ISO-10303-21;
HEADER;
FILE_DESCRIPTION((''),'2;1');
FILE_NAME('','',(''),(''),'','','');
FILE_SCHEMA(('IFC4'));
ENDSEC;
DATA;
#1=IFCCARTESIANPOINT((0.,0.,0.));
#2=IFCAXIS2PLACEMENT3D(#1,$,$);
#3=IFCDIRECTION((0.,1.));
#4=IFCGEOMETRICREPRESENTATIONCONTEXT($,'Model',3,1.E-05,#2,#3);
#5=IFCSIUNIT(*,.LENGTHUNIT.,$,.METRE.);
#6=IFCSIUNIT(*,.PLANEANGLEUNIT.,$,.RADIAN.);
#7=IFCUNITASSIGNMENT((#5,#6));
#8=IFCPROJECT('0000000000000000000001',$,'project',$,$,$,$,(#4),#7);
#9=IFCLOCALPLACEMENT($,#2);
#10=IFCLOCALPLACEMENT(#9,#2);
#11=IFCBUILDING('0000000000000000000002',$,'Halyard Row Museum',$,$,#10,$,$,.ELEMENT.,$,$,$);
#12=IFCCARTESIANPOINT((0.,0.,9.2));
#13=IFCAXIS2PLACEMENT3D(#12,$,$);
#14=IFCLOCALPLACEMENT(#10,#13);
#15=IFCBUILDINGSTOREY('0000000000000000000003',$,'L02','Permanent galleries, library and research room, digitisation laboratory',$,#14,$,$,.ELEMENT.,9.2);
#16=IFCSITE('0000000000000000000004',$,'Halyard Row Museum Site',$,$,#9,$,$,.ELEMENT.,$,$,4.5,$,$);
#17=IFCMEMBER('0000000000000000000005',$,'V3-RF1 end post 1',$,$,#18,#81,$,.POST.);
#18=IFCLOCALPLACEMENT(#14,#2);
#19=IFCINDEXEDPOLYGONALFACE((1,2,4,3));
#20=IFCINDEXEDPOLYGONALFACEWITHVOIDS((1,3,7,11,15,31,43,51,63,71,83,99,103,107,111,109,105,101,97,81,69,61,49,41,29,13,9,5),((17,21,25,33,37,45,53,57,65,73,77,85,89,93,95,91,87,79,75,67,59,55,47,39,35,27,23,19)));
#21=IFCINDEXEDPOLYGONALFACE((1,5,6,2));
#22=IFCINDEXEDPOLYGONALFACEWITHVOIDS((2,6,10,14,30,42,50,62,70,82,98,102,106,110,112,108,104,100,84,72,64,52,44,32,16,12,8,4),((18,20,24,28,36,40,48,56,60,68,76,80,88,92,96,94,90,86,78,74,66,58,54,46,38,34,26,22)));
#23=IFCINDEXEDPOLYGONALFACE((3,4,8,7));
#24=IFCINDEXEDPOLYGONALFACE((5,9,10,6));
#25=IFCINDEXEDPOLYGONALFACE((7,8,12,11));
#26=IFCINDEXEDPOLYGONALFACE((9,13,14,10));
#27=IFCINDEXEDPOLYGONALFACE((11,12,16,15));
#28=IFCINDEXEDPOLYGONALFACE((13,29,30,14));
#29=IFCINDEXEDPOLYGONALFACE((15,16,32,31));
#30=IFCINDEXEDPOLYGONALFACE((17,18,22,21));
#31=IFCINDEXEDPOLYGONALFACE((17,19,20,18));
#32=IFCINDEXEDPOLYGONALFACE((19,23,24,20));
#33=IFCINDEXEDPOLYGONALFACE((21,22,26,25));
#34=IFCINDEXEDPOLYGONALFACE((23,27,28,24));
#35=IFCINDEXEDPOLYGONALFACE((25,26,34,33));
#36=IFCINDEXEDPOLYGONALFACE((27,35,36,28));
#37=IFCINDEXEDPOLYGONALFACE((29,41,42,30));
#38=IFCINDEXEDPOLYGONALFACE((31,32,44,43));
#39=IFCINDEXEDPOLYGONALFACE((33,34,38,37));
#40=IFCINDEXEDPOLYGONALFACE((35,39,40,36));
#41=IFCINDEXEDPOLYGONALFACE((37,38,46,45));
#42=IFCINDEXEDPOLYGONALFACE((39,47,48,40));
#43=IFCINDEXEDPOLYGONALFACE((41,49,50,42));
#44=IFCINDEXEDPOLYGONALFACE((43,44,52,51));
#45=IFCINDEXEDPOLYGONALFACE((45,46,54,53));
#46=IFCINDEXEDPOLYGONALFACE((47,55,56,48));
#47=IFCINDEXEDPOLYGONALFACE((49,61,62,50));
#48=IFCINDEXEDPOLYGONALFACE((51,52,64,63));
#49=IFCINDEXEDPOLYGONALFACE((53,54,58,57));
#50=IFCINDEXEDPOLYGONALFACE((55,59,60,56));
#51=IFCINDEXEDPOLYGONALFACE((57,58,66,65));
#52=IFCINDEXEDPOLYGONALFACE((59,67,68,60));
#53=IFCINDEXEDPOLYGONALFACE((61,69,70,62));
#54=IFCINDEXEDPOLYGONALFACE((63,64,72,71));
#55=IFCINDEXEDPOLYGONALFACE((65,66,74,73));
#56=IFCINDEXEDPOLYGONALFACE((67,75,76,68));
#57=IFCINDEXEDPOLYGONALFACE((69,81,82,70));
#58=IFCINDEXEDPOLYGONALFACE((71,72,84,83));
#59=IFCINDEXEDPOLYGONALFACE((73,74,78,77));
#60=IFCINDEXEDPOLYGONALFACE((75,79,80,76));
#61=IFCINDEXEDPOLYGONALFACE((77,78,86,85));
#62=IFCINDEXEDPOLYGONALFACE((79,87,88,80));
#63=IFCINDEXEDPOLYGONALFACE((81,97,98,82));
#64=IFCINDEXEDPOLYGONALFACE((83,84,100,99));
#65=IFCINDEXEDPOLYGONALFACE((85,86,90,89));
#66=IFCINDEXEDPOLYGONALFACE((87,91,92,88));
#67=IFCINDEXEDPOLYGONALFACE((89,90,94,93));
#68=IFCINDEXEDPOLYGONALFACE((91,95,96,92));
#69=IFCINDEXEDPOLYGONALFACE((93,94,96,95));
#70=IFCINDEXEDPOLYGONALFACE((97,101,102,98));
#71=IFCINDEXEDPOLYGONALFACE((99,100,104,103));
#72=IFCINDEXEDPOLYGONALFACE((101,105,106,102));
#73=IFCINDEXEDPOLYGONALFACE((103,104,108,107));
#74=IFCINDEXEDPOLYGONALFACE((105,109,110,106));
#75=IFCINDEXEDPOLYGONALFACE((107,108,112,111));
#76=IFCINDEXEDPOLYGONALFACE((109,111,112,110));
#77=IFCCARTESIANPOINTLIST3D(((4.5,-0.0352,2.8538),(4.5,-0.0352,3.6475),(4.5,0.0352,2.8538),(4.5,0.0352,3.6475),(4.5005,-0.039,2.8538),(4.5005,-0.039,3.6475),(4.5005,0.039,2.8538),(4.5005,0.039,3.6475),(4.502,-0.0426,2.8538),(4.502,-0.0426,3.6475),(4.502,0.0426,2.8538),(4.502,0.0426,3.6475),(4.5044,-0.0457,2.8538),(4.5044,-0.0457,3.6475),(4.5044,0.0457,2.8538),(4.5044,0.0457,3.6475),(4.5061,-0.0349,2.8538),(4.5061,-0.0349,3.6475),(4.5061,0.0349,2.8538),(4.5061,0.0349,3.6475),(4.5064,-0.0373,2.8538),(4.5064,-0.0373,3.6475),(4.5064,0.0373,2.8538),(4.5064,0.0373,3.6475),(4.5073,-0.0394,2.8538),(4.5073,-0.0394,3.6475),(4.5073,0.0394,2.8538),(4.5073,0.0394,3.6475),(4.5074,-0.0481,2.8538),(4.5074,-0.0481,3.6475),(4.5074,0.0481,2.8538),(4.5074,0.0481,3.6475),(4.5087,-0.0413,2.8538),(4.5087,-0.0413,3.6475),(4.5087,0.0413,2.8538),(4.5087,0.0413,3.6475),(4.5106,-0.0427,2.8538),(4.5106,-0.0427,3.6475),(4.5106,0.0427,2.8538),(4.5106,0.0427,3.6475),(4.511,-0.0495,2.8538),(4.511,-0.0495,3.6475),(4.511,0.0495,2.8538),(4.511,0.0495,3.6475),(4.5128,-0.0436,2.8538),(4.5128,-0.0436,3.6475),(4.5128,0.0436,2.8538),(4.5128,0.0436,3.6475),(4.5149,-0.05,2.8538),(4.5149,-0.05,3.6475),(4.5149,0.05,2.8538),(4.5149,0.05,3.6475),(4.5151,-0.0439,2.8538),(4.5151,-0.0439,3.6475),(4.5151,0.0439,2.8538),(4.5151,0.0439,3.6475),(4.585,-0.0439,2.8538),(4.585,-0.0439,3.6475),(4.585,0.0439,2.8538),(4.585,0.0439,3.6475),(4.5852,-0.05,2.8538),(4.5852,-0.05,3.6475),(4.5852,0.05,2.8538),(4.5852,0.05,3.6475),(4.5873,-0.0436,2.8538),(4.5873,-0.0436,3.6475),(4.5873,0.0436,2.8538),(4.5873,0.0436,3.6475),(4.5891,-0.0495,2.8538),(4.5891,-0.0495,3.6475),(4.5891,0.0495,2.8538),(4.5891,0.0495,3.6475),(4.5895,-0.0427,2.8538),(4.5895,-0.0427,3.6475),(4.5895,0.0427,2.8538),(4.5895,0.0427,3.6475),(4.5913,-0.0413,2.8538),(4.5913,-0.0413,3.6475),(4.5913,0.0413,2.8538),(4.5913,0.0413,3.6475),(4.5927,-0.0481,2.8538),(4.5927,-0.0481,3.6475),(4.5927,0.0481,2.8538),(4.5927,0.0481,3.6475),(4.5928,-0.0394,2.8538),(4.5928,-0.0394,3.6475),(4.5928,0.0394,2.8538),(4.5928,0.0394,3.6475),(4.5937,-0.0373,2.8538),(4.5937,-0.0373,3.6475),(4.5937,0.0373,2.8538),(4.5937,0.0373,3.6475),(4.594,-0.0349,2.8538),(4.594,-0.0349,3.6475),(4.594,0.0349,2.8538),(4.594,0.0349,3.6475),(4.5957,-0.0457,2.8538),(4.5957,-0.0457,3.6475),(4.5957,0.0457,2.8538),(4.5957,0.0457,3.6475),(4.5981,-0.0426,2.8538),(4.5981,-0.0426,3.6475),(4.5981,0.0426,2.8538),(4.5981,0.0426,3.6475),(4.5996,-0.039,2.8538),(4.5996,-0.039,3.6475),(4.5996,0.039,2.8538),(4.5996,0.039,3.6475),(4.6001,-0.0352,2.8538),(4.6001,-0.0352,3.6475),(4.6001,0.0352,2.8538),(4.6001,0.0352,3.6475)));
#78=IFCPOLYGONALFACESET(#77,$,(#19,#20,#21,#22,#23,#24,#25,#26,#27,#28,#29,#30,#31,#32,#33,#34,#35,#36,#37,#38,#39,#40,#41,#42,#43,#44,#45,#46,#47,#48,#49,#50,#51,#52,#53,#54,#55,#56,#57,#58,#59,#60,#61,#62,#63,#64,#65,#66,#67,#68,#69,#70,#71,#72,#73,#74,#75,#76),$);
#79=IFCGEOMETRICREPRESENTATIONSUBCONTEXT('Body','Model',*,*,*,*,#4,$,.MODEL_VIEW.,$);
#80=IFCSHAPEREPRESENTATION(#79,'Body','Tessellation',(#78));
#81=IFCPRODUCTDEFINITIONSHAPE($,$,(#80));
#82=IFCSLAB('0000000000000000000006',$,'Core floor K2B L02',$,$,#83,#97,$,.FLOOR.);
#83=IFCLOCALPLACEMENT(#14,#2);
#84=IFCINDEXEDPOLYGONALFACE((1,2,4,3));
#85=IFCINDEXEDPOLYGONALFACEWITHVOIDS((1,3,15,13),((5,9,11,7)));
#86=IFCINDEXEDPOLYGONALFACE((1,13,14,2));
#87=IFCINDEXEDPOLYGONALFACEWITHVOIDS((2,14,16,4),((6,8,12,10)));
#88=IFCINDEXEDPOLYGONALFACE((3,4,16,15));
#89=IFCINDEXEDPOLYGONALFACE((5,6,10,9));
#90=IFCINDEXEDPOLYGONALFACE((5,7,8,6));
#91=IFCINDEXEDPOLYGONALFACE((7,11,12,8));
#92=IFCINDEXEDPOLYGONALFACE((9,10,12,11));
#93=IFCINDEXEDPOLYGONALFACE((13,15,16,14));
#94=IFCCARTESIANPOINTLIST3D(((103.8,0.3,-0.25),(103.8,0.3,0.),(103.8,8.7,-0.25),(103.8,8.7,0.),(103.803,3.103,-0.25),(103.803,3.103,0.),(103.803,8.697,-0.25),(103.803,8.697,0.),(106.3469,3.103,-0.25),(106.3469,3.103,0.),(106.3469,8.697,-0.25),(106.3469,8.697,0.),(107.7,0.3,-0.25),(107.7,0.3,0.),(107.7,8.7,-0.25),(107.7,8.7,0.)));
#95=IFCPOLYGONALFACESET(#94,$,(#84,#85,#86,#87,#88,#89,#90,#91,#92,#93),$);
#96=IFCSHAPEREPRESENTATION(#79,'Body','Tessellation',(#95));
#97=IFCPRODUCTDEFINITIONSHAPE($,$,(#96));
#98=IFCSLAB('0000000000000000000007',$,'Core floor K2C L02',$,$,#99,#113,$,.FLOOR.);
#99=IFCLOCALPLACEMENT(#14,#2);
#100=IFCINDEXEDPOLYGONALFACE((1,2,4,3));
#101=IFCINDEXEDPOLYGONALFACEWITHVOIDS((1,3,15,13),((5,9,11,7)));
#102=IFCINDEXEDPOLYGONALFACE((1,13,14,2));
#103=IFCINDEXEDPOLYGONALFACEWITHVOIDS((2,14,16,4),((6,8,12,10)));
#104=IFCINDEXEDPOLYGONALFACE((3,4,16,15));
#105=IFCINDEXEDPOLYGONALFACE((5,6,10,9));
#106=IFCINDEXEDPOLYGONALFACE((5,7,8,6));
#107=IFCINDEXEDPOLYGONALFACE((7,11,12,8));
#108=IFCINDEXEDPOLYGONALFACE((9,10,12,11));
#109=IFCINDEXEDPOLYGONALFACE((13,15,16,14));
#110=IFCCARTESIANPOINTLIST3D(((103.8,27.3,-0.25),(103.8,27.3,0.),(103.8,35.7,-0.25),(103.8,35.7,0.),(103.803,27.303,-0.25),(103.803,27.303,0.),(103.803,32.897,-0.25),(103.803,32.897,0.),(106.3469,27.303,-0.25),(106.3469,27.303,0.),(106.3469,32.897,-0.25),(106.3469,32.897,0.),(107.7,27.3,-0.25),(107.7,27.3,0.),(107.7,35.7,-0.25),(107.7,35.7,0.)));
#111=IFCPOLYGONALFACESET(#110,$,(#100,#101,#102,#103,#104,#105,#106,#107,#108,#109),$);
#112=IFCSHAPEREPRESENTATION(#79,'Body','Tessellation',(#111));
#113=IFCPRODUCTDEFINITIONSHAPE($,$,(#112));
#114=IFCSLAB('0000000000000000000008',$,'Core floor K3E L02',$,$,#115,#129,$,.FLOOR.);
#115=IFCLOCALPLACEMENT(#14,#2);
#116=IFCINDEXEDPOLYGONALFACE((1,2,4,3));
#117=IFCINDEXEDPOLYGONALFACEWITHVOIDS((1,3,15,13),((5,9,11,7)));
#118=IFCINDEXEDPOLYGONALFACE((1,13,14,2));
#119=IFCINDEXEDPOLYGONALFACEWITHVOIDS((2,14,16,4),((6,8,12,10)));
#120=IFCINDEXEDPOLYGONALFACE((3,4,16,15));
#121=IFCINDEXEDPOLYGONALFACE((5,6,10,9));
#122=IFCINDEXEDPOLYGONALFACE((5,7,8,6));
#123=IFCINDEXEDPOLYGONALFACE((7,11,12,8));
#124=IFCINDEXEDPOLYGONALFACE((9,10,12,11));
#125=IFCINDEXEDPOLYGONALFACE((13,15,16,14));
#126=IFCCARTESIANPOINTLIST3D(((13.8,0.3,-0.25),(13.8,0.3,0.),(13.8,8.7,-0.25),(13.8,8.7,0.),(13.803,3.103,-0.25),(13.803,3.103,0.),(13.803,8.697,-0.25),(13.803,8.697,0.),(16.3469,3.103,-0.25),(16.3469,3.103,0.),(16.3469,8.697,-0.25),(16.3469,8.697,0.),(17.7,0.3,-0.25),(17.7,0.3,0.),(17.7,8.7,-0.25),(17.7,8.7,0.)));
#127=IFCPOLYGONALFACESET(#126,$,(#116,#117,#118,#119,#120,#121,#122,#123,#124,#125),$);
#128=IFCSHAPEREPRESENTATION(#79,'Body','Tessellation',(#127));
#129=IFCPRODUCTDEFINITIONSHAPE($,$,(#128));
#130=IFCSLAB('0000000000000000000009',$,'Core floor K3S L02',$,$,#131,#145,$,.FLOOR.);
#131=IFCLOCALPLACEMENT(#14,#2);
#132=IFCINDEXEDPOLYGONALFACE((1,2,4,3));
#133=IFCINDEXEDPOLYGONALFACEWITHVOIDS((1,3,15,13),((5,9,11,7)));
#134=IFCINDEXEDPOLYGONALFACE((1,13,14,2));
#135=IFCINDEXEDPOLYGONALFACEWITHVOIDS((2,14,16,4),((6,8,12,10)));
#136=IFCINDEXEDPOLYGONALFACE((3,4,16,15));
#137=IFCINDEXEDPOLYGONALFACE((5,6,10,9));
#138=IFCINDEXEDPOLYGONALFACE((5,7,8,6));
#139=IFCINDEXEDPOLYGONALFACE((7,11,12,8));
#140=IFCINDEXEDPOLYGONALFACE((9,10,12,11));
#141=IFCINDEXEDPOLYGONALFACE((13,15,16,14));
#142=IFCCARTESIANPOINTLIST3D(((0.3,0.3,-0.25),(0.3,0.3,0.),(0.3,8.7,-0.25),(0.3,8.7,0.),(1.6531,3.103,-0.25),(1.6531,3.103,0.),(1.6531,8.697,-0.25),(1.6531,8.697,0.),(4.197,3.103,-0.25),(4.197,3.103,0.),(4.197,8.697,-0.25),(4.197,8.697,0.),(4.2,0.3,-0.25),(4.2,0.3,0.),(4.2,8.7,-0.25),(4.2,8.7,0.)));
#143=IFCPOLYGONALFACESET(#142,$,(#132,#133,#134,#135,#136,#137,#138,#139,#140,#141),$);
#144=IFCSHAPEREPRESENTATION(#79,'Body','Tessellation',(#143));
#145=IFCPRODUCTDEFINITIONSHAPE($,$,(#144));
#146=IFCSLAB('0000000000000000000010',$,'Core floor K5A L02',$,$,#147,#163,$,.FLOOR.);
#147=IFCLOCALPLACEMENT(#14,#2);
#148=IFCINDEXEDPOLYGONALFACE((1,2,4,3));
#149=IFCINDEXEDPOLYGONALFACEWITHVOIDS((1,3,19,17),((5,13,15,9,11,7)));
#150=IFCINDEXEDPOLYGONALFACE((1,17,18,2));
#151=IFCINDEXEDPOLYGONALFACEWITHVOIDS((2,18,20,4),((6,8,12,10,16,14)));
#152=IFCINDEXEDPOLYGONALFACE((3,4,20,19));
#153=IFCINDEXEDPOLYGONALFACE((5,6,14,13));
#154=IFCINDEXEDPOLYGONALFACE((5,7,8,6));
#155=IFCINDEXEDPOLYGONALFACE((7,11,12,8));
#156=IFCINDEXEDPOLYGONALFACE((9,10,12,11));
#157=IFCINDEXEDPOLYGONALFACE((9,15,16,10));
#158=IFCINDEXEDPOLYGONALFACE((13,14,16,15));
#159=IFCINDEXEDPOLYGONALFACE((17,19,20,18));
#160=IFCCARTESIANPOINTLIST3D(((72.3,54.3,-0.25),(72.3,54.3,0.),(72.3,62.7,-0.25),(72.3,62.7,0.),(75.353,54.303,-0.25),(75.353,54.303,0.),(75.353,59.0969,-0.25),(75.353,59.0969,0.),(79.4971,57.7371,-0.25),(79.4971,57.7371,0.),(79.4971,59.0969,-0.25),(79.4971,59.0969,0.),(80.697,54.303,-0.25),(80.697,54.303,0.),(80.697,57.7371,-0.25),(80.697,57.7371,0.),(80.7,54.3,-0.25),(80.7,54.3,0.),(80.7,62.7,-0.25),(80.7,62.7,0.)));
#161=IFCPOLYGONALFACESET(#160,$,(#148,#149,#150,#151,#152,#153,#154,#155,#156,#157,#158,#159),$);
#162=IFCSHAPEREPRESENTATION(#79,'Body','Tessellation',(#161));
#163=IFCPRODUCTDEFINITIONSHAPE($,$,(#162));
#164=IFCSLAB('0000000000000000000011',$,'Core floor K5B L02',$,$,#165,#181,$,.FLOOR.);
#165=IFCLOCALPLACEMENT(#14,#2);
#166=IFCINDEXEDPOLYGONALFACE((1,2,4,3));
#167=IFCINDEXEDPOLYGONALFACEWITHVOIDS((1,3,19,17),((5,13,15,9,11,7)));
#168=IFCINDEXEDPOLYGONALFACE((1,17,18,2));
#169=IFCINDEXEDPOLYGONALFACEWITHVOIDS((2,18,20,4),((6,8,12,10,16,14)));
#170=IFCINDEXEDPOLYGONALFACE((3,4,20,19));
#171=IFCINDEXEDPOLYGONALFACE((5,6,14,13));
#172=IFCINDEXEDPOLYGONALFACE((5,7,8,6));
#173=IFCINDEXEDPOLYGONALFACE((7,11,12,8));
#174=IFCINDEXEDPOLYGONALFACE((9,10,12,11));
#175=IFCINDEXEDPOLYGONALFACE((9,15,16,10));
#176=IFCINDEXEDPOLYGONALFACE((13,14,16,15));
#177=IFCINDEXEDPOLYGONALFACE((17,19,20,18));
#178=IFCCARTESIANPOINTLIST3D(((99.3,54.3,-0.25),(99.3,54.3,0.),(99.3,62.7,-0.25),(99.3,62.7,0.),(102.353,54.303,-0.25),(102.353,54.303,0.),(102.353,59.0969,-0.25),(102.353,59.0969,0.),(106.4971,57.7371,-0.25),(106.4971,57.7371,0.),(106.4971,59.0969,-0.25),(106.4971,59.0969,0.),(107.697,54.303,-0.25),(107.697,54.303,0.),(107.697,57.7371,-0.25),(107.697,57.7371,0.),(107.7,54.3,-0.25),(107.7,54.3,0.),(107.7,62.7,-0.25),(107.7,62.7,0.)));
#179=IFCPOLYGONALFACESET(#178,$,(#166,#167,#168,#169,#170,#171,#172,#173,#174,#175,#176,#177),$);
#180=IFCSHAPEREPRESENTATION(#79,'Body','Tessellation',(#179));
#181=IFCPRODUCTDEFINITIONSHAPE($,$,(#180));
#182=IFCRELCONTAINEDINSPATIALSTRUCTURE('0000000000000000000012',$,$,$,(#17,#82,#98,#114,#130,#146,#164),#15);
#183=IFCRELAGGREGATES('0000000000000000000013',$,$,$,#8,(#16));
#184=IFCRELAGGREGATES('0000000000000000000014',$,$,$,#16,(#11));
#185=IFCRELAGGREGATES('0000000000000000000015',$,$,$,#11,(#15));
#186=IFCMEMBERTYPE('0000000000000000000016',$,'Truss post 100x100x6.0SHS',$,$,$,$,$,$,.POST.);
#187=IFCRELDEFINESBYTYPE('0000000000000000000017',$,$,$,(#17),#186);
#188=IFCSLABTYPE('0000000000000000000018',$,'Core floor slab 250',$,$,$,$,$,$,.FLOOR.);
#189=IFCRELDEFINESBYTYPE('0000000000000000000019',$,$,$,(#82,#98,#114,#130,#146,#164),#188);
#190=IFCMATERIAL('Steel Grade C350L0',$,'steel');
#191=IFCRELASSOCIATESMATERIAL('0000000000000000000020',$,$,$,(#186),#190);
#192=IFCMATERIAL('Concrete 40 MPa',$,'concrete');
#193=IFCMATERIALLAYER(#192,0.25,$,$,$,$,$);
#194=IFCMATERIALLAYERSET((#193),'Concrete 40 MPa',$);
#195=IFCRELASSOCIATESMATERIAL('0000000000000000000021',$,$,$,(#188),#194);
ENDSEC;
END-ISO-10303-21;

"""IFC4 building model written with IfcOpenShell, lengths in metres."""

from ifc_helpers import new_model, si_unit, direction, frame, origin, origin_2d, place, context, subcontext, project, spatial, polyline, hollow_rectangle, outline, extrude, material, layer, layer_set, material_profile, profile_set, type_object, element, save


model = new_model("IFC4")

# Units and contexts
model_context = context("Model", 3, precision=1e-05, world=origin(), true_north=direction((0.0, 1.0)))
body_context = subcontext(model_context, "Body", "Model", "MODEL_VIEW")
ifc_project = project(units=[si_unit("LENGTHUNIT", "METRE"), si_unit("PLANEANGLEUNIT", "RADIAN")], contexts=[model_context])

# Site, building, storey
site_placement = place(None, origin())
site = spatial("IfcSite", under=ifc_project, at=site_placement, Name="Halyard Row Museum Site", CompositionType="ELEMENT", RefElevation=4.5)
building_placement = place(site_placement, origin())
building = spatial("IfcBuilding", under=site, at=building_placement, Name="Halyard Row Museum", CompositionType="ELEMENT")
storey_placement = place(building_placement, frame((0.0, 0.0, 9.2)))
storey = spatial("IfcBuildingStorey", under=building, at=storey_placement, Name="L02", Description="Permanent galleries, library and research room, digitisation laboratory", CompositionType="ELEMENT", Elevation=9.2)

# Member
ifc_material_1 = material(Name="Steel Grade C350L0", Category="steel")
ifc_material_profile_1 = material_profile(ifc_material_1, hollow_rectangle(XDim=0.1001, YDim=0.1001, WallThickness=0.0061, InnerFilletRadius=0.009, OuterFilletRadius=0.0149, at=origin_2d()), Name="100x100x6.0SHS")
ifc_profile_set_1 = profile_set([ifc_material_profile_1], Name="Steel Grade C350L0")
member_type_1 = type_object("IfcMemberType", Name="Truss post 100x100x6.0SHS", PredefinedType="POST", material=ifc_profile_set_1)
member_1_placement = place(storey_placement, frame((4.55, 0.0, 2.8538), z_axis=(0.0, 0.0, 1.0), x_axis=(1.0, 0.0, 0.0)))
element("IfcMember", 1, at=member_1_placement, inside=storey, type_object=member_type_1, Name="V3-RF1 end post 1", PredefinedType="POST", context=body_context, shape_type="SweptSolid", body=[
    extrude(hollow_rectangle(XDim=0.1001, YDim=0.1001, WallThickness=0.0061, InnerFilletRadius=0.009, OuterFilletRadius=0.0149, at=origin_2d()), origin(), (0.0, 0.0, 1.0), 0.7937),
])

# Slabs
ifc_material_2 = material(Name="Concrete 40 MPa", Category="concrete")
ifc_layer_1 = layer(ifc_material_2, 0.25)
ifc_layer_set_1 = layer_set([ifc_layer_1], Name="Concrete 40 MPa")
slab_type_1 = type_object("IfcSlabType", Name="Core floor slab 250", PredefinedType="FLOOR", material=ifc_layer_set_1)
slab_1_placement = place(storey_placement, frame((0.0, 0.0, -0.25)))
element("IfcSlab", 2, at=slab_1_placement, inside=storey, type_object=slab_type_1, Name="Core floor K2B L02", PredefinedType="FLOOR", context=body_context, shape_type="SweptSolid", body=[
    extrude(outline(polyline([(107.7, 8.7), (103.8, 8.7), (103.8, 0.3), (107.7, 0.3), (107.7, 8.7)]), holes=[polyline([(106.3469, 8.697), (106.3469, 3.103), (103.803, 3.103), (103.803, 8.697), (106.3469, 8.697)])]), origin(), (0.0, 0.0, 1.0), 0.25),
])
slab_2_placement = place(storey_placement, frame((0.0, 0.0, -0.25)))
element("IfcSlab", 3, at=slab_2_placement, inside=storey, type_object=slab_type_1, Name="Core floor K2C L02", PredefinedType="FLOOR", context=body_context, shape_type="SweptSolid", body=[
    extrude(outline(polyline([(107.7, 35.7), (103.8, 35.7), (103.8, 27.3), (107.7, 27.3), (107.7, 35.7)]), holes=[polyline([(106.3469, 27.303), (103.803, 27.303), (103.803, 32.897), (106.3469, 32.897), (106.3469, 27.303)])]), origin(), (0.0, 0.0, 1.0), 0.25),
])
slab_3_placement = place(storey_placement, frame((0.0, 0.0, -0.25)))
element("IfcSlab", 4, at=slab_3_placement, inside=storey, type_object=slab_type_1, Name="Core floor K3E L02", PredefinedType="FLOOR", context=body_context, shape_type="SweptSolid", body=[
    extrude(outline(polyline([(17.7, 8.7), (13.8, 8.7), (13.8, 0.3), (17.7, 0.3), (17.7, 8.7)]), holes=[polyline([(16.3469, 8.697), (16.3469, 3.103), (13.803, 3.103), (13.803, 8.697), (16.3469, 8.697)])]), origin(), (0.0, 0.0, 1.0), 0.25),
])
slab_4_placement = place(storey_placement, frame((0.0, 0.0, -0.25)))
element("IfcSlab", 5, at=slab_4_placement, inside=storey, type_object=slab_type_1, Name="Core floor K3S L02", PredefinedType="FLOOR", context=body_context, shape_type="SweptSolid", body=[
    extrude(outline(polyline([(4.2, 8.7), (0.3, 8.7), (0.3, 0.3), (4.2, 0.3), (4.2, 8.7)]), holes=[polyline([(1.6531, 8.697), (4.197, 8.697), (4.197, 3.103), (1.6531, 3.103), (1.6531, 8.697)])]), origin(), (0.0, 0.0, 1.0), 0.25),
])
slab_5_placement = place(storey_placement, frame((0.0, 0.0, -0.25)))
element("IfcSlab", 6, at=slab_5_placement, inside=storey, type_object=slab_type_1, Name="Core floor K5A L02", PredefinedType="FLOOR", context=body_context, shape_type="SweptSolid", body=[
    extrude(outline(polyline([(80.7, 62.7), (72.3, 62.7), (72.3, 54.3), (80.7, 54.3), (80.7, 62.7)]), holes=[polyline([(79.4971, 59.0969), (79.4971, 57.7371), (80.697, 57.7371), (80.697, 54.303), (75.353, 54.303), (75.353, 59.0969), (79.4971, 59.0969)])]), origin(), (0.0, 0.0, 1.0), 0.25),
])
slab_6_placement = place(storey_placement, frame((0.0, 0.0, -0.25)))
element("IfcSlab", 7, at=slab_6_placement, inside=storey, type_object=slab_type_1, Name="Core floor K5B L02", PredefinedType="FLOOR", context=body_context, shape_type="SweptSolid", body=[
    extrude(outline(polyline([(107.7, 62.7), (99.3, 62.7), (99.3, 54.3), (107.7, 54.3), (107.7, 62.7)]), holes=[polyline([(106.4971, 59.0969), (106.4971, 57.7371), (107.697, 57.7371), (107.697, 54.303), (102.353, 54.303), (102.353, 59.0969), (106.4971, 59.0969)])]), origin(), (0.0, 0.0, 1.0), 0.25),
])

save(model, "model.ifc")
